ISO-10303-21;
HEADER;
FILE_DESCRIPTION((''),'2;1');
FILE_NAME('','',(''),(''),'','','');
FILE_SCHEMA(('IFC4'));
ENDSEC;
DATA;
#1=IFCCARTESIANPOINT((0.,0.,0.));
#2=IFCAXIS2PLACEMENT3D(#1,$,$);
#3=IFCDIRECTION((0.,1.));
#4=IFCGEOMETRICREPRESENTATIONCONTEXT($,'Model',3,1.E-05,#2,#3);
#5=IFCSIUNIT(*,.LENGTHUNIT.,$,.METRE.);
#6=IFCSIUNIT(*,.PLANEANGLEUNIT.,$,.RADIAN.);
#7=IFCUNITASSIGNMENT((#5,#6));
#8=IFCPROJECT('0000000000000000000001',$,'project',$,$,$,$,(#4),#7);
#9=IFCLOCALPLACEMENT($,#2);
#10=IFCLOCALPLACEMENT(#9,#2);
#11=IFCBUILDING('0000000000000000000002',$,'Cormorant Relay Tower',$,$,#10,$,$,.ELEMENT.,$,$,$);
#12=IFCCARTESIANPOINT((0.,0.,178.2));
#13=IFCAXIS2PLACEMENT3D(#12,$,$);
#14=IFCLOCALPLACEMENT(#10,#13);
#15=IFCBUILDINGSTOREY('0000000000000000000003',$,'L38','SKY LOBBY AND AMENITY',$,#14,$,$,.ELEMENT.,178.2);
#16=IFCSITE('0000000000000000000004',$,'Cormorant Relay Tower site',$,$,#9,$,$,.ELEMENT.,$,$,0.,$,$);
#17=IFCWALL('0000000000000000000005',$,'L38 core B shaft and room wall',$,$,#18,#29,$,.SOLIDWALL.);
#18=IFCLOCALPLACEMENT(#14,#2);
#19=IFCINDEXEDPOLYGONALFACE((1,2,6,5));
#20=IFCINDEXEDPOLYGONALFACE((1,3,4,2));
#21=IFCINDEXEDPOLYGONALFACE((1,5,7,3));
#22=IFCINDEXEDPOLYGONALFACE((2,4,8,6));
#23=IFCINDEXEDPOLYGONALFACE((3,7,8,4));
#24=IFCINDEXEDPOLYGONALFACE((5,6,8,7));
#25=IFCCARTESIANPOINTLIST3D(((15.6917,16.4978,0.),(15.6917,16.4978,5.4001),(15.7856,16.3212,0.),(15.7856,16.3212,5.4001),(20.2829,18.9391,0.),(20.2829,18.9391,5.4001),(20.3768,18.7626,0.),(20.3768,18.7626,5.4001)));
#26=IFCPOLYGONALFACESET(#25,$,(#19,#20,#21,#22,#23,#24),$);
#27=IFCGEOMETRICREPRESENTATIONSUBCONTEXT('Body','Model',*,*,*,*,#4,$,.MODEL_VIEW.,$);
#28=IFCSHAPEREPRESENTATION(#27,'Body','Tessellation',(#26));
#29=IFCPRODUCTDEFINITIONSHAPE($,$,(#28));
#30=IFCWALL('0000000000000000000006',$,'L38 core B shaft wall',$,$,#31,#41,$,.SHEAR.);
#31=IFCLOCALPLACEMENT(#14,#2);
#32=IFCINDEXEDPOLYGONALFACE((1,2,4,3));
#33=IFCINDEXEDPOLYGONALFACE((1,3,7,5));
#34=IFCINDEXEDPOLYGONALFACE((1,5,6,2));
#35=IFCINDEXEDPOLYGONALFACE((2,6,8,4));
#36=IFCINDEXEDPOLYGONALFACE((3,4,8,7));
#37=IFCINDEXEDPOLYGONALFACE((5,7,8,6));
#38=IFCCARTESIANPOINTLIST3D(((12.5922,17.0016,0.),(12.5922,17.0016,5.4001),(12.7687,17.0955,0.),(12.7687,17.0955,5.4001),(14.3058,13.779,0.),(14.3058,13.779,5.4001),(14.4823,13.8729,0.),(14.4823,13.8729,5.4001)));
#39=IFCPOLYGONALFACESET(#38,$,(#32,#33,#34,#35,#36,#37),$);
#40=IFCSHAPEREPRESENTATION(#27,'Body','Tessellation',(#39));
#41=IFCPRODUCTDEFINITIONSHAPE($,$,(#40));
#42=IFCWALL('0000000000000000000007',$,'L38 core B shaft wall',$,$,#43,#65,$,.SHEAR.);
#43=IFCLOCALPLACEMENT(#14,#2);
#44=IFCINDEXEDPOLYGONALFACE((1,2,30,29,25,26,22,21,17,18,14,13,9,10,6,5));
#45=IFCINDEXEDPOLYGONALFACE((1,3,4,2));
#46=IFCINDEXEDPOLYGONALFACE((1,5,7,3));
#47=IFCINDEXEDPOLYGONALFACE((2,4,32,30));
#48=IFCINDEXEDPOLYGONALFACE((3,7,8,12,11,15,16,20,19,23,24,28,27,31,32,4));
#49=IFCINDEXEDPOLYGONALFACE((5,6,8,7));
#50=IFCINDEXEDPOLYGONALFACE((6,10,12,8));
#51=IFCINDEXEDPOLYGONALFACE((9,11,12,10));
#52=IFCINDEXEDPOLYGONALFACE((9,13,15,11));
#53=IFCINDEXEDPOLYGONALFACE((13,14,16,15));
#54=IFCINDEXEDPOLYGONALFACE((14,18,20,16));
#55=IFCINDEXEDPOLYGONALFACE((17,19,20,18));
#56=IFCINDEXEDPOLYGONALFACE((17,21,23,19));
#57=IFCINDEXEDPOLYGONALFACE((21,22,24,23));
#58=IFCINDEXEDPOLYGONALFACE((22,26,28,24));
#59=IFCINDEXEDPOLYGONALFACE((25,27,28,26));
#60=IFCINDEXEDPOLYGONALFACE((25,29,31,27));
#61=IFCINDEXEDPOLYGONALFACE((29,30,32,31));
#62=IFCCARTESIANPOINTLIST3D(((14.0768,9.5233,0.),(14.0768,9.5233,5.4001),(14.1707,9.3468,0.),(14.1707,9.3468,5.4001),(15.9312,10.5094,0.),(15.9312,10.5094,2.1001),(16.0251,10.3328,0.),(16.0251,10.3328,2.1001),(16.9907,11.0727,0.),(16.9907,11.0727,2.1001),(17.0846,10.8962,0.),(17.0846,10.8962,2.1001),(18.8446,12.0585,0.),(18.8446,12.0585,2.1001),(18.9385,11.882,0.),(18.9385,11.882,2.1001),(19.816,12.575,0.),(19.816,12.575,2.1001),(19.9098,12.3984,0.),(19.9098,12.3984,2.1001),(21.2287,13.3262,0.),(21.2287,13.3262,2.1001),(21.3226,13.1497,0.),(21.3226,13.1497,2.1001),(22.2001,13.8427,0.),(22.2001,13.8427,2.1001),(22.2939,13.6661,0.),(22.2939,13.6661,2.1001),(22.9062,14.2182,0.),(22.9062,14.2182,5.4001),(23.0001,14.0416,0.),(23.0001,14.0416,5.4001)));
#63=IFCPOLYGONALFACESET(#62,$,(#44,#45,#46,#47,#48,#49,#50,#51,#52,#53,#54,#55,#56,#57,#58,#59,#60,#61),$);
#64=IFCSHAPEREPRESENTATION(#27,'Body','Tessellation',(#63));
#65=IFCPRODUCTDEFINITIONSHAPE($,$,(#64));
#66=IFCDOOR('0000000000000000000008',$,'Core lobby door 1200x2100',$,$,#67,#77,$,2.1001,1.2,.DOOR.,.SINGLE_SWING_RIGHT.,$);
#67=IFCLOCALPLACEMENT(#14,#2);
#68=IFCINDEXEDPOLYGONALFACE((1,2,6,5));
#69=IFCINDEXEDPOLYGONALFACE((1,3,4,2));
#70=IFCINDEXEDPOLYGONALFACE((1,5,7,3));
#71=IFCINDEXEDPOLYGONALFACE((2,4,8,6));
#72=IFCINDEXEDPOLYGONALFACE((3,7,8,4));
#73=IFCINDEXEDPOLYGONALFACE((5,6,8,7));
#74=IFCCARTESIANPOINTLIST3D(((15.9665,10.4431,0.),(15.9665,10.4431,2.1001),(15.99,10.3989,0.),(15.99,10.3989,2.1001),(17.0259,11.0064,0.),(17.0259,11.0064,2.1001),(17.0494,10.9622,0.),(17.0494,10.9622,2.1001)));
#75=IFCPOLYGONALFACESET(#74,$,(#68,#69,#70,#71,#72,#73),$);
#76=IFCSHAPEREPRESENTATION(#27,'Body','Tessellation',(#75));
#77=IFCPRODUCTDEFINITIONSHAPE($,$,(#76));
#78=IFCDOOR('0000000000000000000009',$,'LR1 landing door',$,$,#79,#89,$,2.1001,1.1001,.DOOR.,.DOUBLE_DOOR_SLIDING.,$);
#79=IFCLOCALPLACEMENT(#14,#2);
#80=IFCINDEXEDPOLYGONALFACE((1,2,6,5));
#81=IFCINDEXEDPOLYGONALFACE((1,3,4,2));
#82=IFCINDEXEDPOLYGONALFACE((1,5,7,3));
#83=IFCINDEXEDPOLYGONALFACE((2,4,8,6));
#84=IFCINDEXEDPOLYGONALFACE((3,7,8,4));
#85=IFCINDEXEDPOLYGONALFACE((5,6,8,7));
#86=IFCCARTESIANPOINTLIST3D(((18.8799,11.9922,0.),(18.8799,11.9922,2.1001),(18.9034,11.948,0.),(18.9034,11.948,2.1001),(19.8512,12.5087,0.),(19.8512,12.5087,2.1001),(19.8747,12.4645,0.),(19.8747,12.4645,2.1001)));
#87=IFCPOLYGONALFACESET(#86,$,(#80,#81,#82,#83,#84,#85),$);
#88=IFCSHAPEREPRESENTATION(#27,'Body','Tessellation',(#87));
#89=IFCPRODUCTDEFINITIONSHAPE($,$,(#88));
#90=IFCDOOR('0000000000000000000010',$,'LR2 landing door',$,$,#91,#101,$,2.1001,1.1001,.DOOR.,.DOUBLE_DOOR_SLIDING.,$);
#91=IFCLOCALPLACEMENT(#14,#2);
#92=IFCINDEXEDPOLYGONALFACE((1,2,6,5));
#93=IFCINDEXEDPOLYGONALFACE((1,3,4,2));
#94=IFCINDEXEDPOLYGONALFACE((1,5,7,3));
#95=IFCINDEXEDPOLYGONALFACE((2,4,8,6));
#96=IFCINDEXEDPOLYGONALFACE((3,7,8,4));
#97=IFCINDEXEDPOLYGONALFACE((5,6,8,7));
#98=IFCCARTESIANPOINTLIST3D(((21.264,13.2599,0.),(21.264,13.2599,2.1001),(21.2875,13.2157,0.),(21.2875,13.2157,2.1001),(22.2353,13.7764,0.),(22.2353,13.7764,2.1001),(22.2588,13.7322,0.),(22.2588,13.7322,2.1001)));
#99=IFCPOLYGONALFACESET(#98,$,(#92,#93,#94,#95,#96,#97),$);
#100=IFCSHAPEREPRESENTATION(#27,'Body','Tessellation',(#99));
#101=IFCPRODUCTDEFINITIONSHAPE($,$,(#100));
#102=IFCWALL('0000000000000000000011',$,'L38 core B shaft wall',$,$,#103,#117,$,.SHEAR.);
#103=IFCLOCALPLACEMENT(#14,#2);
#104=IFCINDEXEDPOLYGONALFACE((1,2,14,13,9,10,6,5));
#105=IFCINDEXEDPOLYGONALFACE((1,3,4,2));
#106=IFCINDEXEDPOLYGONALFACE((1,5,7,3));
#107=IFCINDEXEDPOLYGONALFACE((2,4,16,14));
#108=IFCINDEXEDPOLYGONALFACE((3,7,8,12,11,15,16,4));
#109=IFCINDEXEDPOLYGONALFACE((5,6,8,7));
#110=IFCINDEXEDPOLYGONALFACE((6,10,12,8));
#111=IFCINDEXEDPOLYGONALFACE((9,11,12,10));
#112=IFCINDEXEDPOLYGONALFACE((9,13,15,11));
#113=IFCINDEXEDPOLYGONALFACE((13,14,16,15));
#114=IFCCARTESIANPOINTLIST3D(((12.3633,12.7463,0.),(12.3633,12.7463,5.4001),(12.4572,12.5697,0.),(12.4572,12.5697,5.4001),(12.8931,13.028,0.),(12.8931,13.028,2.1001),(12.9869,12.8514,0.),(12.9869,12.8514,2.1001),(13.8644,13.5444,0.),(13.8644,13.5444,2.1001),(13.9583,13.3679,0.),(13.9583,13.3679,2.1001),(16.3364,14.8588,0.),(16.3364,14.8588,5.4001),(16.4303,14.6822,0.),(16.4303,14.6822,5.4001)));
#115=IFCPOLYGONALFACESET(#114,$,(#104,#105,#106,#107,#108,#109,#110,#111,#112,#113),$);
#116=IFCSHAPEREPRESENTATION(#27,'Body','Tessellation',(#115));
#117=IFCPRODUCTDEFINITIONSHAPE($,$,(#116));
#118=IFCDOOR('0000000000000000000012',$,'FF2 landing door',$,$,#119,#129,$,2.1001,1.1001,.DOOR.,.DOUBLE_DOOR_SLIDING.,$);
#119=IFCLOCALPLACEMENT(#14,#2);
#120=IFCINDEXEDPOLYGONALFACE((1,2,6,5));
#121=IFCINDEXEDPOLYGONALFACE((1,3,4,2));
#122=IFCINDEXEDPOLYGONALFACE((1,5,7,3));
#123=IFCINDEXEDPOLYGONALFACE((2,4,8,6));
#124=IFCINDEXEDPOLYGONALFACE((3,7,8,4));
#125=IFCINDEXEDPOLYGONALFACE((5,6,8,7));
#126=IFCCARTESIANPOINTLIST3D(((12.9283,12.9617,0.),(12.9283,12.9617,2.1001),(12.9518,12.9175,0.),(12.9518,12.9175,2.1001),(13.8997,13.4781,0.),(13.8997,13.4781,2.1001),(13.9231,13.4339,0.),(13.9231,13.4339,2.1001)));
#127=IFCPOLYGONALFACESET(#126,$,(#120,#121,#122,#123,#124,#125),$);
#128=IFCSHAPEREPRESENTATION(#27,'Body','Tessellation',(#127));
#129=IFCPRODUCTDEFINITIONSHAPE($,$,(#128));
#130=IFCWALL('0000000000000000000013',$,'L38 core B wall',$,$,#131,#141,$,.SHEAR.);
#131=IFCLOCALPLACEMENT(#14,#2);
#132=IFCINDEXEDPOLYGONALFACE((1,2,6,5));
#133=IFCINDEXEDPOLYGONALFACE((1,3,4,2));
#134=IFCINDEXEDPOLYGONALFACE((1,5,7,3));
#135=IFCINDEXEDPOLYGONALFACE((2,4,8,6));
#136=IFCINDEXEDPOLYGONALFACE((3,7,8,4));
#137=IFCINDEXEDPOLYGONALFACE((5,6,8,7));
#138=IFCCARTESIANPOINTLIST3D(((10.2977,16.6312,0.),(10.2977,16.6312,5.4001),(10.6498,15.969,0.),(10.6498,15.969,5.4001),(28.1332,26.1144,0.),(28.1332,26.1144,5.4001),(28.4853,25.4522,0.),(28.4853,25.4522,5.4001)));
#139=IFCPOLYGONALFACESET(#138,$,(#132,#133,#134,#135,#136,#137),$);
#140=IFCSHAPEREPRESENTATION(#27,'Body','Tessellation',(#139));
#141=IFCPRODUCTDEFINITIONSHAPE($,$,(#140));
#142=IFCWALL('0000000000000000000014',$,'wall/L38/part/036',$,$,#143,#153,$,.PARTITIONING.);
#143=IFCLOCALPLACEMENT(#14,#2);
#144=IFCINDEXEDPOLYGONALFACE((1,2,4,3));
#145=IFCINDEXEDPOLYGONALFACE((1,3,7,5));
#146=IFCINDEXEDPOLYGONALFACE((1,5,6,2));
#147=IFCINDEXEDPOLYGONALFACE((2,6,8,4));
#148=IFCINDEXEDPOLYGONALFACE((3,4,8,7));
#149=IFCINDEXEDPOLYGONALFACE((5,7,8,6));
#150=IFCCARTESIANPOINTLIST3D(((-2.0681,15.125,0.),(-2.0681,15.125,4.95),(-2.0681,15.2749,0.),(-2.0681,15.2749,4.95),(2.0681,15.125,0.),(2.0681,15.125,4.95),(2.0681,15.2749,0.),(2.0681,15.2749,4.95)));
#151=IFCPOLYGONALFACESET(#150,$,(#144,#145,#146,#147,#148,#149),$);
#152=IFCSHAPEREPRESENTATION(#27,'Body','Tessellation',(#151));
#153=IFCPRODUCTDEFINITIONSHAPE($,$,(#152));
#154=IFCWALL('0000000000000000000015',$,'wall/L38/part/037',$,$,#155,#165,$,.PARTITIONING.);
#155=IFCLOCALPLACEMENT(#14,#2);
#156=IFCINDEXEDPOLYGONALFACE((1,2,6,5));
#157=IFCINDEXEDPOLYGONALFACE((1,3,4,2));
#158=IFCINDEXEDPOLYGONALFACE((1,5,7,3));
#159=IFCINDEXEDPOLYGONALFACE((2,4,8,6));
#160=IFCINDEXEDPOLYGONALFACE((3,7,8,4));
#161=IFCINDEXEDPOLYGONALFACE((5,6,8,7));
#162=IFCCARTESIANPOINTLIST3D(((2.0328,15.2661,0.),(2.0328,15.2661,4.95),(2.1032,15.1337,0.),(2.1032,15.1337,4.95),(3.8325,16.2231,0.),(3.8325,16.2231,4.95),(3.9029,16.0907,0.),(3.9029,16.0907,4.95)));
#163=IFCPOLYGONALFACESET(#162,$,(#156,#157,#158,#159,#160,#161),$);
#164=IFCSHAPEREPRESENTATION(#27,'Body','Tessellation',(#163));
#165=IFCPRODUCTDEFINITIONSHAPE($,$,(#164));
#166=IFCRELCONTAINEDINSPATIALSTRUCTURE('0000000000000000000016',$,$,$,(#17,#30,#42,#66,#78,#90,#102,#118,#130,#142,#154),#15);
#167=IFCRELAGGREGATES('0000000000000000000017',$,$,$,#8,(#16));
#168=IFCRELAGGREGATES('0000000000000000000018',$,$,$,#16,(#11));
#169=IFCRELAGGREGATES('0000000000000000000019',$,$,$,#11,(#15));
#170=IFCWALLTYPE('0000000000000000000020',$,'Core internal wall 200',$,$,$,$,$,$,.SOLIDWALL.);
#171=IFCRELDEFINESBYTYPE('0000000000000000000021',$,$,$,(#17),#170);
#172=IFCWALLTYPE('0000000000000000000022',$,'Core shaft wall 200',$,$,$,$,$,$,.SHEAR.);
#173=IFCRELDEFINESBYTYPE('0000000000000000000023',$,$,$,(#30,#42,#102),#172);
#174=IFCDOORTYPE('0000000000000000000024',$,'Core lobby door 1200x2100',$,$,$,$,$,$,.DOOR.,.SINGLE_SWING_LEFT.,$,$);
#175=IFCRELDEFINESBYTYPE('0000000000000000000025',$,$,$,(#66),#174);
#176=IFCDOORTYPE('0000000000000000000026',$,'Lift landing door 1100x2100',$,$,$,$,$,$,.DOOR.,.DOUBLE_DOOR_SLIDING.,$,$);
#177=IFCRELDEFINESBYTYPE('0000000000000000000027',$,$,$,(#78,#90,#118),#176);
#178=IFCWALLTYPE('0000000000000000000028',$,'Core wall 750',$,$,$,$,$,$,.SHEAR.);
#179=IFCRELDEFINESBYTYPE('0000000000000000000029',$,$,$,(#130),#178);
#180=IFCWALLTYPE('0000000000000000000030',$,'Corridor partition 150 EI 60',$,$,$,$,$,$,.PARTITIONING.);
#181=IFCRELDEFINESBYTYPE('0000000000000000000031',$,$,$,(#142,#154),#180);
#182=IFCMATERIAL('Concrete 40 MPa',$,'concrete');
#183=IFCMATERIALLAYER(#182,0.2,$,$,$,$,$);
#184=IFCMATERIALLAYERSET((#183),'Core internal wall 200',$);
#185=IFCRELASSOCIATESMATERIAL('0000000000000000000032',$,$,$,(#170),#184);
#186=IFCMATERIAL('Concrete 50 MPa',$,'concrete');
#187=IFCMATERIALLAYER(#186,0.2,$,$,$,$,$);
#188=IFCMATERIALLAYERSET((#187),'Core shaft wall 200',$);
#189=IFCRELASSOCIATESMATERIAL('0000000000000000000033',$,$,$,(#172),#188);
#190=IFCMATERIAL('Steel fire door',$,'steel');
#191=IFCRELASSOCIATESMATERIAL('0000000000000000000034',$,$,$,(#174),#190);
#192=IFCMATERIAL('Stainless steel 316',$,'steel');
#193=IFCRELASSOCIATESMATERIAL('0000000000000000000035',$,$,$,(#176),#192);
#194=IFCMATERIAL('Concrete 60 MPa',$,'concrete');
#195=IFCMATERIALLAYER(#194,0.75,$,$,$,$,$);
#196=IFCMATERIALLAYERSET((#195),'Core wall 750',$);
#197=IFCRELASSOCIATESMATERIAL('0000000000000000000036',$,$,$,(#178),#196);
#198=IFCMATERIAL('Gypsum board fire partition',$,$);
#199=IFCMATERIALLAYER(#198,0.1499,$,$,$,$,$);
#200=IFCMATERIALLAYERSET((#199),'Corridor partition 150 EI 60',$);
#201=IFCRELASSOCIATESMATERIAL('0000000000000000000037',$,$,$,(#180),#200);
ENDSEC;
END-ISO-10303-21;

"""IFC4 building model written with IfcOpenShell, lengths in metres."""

from ifc_helpers import new_model, si_unit, direction, frame, frame_2d, origin, place, context, subcontext, project, spatial, rectangle, extrude, material, layer, layer_set, type_object, element, fill, save


model = new_model("IFC4")

# Units and contexts
model_context = context("Model", 3, precision=1e-05, world=origin(), true_north=direction((0.0, 1.0)))
body_context = subcontext(model_context, "Body", "Model", "MODEL_VIEW")
ifc_project = project(units=[si_unit("LENGTHUNIT", "METRE"), si_unit("PLANEANGLEUNIT", "RADIAN")], contexts=[model_context])

# Site, building, storey
site_placement = place(None, origin())
site = spatial("IfcSite", under=ifc_project, at=site_placement, Name="Cormorant Relay Tower site", CompositionType="ELEMENT", RefElevation=0.0)
building_placement = place(site_placement, origin())
building = spatial("IfcBuilding", under=site, at=building_placement, Name="Cormorant Relay Tower", CompositionType="ELEMENT")
storey_placement = place(building_placement, frame((0.0, 0.0, 178.2)))
storey = spatial("IfcBuildingStorey", under=building, at=storey_placement, Name="L38", Description="SKY LOBBY AND AMENITY", CompositionType="ELEMENT", Elevation=178.2)

# Walls
ifc_material_1 = material(Name="Concrete 40 MPa", Category="concrete")
ifc_layer_1 = layer(ifc_material_1, 0.2)
ifc_layer_set_1 = layer_set([ifc_layer_1], Name="Core internal wall 200")
wall_type_1 = type_object("IfcWallType", Name="Core internal wall 200", PredefinedType="SOLIDWALL", material=ifc_layer_set_1)
wall_1_placement = place(storey_placement, frame((15.7385, 16.4094, 0.0), z_axis=(0.0, 0.0, 1.0), x_axis=(0.882935, 0.469496, 0.0)))
element("IfcWall", 1, at=wall_1_placement, inside=storey, type_object=wall_type_1, Name="L38 core B shaft and room wall", PredefinedType="SOLIDWALL", context=body_context, shape_type="SweptSolid", body=[
    extrude(rectangle(XDim=5.2, YDim=0.2, at=frame_2d((2.6001, 0.0))), origin(), (0.0, 0.0, 1.0), 5.4001),
])
ifc_material_2 = material(Name="Concrete 50 MPa", Category="concrete")
ifc_layer_2 = layer(ifc_material_2, 0.2)
ifc_layer_set_2 = layer_set([ifc_layer_2], Name="Core shaft wall 200")
wall_type_2 = type_object("IfcWallType", Name="Core shaft wall 200", PredefinedType="SHEAR", material=ifc_layer_set_2)
wall_2_placement = place(storey_placement, frame((14.394, 13.8259, 0.0), z_axis=(0.0, 0.0, 1.0), x_axis=(-0.469494, 0.882936, 0.0)))
element("IfcWall", 2, at=wall_2_placement, inside=storey, type_object=wall_type_2, Name="L38 core B shaft wall", PredefinedType="SHEAR", context=body_context, shape_type="SweptSolid", body=[
    extrude(rectangle(XDim=3.6499, YDim=0.2, at=frame_2d((1.825, 0.0))), origin(), (0.0, 0.0, 1.0), 5.4001),
])

# Wall, openings, doors
wall_3_placement = place(storey_placement, frame((14.1238, 9.4351, 0.0), z_axis=(0.0, 0.0, 1.0), x_axis=(0.88294, 0.469485, 0.0)))
wall_3 = element("IfcWall", 3, at=wall_3_placement, inside=storey, type_object=wall_type_2, Name="L38 core B shaft wall", PredefinedType="SHEAR", context=body_context, shape_type="SweptSolid", body=[
    extrude(rectangle(XDim=10.0, YDim=0.2, at=frame_2d((5.0, 0.0))), origin(), (0.0, 0.0, 1.0), 5.4001),
])
opening_1_placement = place(wall_3_placement, frame((2.1001, 0.0, 0.0)))
opening_1 = element("IfcOpeningElement", 4, at=opening_1_placement, cuts=wall_3, PredefinedType="OPENING", context=body_context, shape_type="SweptSolid", body=[
    extrude(rectangle(XDim=1.2, YDim=2.1001, at=frame_2d((0.6001, 1.05))), frame((0.0, 0.1099, 0.0), z_axis=(0.0, -1.0, 0.0), x_axis=(1.0, 0.0, 0.0)), (0.0, 0.0, 1.0), 0.22),
])
opening_2_placement = place(wall_3_placement, frame((5.3999, 0.0, 0.0)))
opening_2 = element("IfcOpeningElement", 5, at=opening_2_placement, cuts=wall_3, PredefinedType="OPENING", context=body_context, shape_type="SweptSolid", body=[
    extrude(rectangle(XDim=1.1001, YDim=2.1001, at=frame_2d((0.55, 1.05))), frame((0.0, 0.1099, 0.0), z_axis=(0.0, -1.0, 0.0), x_axis=(1.0, 0.0, 0.0)), (0.0, 0.0, 1.0), 0.22),
])
opening_3_placement = place(wall_3_placement, frame((8.1001, 0.0, 0.0)))
opening_3 = element("IfcOpeningElement", 6, at=opening_3_placement, cuts=wall_3, PredefinedType="OPENING", context=body_context, shape_type="SweptSolid", body=[
    extrude(rectangle(XDim=1.1001, YDim=2.1001, at=frame_2d((0.55, 1.05))), frame((0.0, 0.1099, 0.0), z_axis=(0.0, -1.0, 0.0), x_axis=(1.0, 0.0, 0.0)), (0.0, 0.0, 1.0), 0.22),
])
ifc_material_3 = material(Name="Steel fire door", Category="steel")
door_type_1 = type_object("IfcDoorType", Name="Core lobby door 1200x2100", OperationType="SINGLE_SWING_LEFT", PredefinedType="DOOR", material=ifc_material_3)
door_1_placement = place(opening_1_placement, origin())
door_1 = element("IfcDoor", 7, at=door_1_placement, inside=storey, type_object=door_type_1, Name="Core lobby door 1200x2100", OperationType="SINGLE_SWING_RIGHT", OverallHeight=2.1001, OverallWidth=1.2, PredefinedType="DOOR", context=body_context, shape_type="SweptSolid", body=[
    extrude(rectangle(XDim=1.2, YDim=2.1001, at=frame_2d((0.6001, 1.05))), frame((0.0, 0.0249, 0.0), z_axis=(0.0, -1.0, 0.0), x_axis=(1.0, 0.0, 0.0)), (0.0, 0.0, 1.0), 0.05),
])
fill(opening_1, door_1)
ifc_material_4 = material(Name="Stainless steel 316", Category="steel")
door_type_2 = type_object("IfcDoorType", Name="Lift landing door 1100x2100", OperationType="DOUBLE_DOOR_SLIDING", PredefinedType="DOOR", material=ifc_material_4)
door_2_placement = place(opening_2_placement, origin())
door_2 = element("IfcDoor", 8, at=door_2_placement, inside=storey, type_object=door_type_2, Name="LR1 landing door", OperationType="DOUBLE_DOOR_SLIDING", OverallHeight=2.1001, OverallWidth=1.1001, PredefinedType="DOOR", context=body_context, shape_type="SweptSolid", body=[
    extrude(rectangle(XDim=1.1001, YDim=2.1001, at=frame_2d((0.55, 1.05))), frame((0.0, 0.0249, 0.0), z_axis=(0.0, -1.0, 0.0), x_axis=(1.0, 0.0, 0.0)), (0.0, 0.0, 1.0), 0.05),
])
fill(opening_2, door_2)
door_3_placement = place(opening_3_placement, origin())
door_3 = element("IfcDoor", 9, at=door_3_placement, inside=storey, type_object=door_type_2, Name="LR2 landing door", OperationType="DOUBLE_DOOR_SLIDING", OverallHeight=2.1001, OverallWidth=1.1001, PredefinedType="DOOR", context=body_context, shape_type="SweptSolid", body=[
    extrude(rectangle(XDim=1.1001, YDim=2.1001, at=frame_2d((0.55, 1.05))), frame((0.0, 0.0249, 0.0), z_axis=(0.0, -1.0, 0.0), x_axis=(1.0, 0.0, 0.0)), (0.0, 0.0, 1.0), 0.05),
])
fill(opening_3, door_3)

# Wall, opening, door
wall_4_placement = place(storey_placement, frame((12.4102, 12.658, 0.0), z_axis=(0.0, 0.0, 1.0), x_axis=(0.882948, 0.46947, 0.0)))
wall_4 = element("IfcWall", 10, at=wall_4_placement, inside=storey, type_object=wall_type_2, Name="L38 core B shaft wall", PredefinedType="SHEAR", context=body_context, shape_type="SweptSolid", body=[
    extrude(rectangle(XDim=4.4998, YDim=0.2, at=frame_2d((2.25, 0.0))), origin(), (0.0, 0.0, 1.0), 5.4001),
])
opening_4_placement = place(wall_4_placement, frame((0.6001, 0.0, 0.0)))
opening_4 = element("IfcOpeningElement", 11, at=opening_4_placement, cuts=wall_4, PredefinedType="OPENING", context=body_context, shape_type="SweptSolid", body=[
    extrude(rectangle(XDim=1.1001, YDim=2.1001, at=frame_2d((0.55, 1.05))), frame((0.0, 0.1099, 0.0), z_axis=(0.0, -1.0, 0.0), x_axis=(1.0, 0.0, 0.0)), (0.0, 0.0, 1.0), 0.22),
])
door_4_placement = place(opening_4_placement, origin())
door_4 = element("IfcDoor", 12, at=door_4_placement, inside=storey, type_object=door_type_2, Name="FF2 landing door", OperationType="DOUBLE_DOOR_SLIDING", OverallHeight=2.1001, OverallWidth=1.1001, PredefinedType="DOOR", context=body_context, shape_type="SweptSolid", body=[
    extrude(rectangle(XDim=1.1001, YDim=2.1001, at=frame_2d((0.55, 1.05))), frame((0.0, 0.0249, 0.0), z_axis=(0.0, -1.0, 0.0), x_axis=(1.0, 0.0, 0.0)), (0.0, 0.0, 1.0), 0.05),
])
fill(opening_4, door_4)

# Walls
ifc_material_5 = material(Name="Concrete 60 MPa", Category="concrete")
ifc_layer_3 = layer(ifc_material_5, 0.75)
ifc_layer_set_3 = layer_set([ifc_layer_3], Name="Core wall 750")
wall_type_3 = type_object("IfcWallType", Name="Core wall 750", PredefinedType="SHEAR", material=ifc_layer_set_3)
wall_5_placement = place(storey_placement, frame((10.4736, 16.3, 0.0), z_axis=(0.0, 0.0, 1.0), x_axis=(0.88295, 0.469467, 0.0)))
element("IfcWall", 13, at=wall_5_placement, inside=storey, type_object=wall_type_3, Name="L38 core B wall", PredefinedType="SHEAR", context=body_context, shape_type="SweptSolid", body=[
    extrude(rectangle(XDim=20.2, YDim=0.75, at=frame_2d((10.1001, 0.0))), origin(), (0.0, 0.0, 1.0), 5.4001),
])
ifc_material_6 = material(Name="Gypsum board fire partition")
ifc_layer_4 = layer(ifc_material_6, 0.1499)
ifc_layer_set_4 = layer_set([ifc_layer_4], Name="Corridor partition 150 EI 60")
wall_type_4 = type_object("IfcWallType", Name="Corridor partition 150 EI 60", PredefinedType="PARTITIONING", material=ifc_layer_set_4)
wall_6_placement = place(storey_placement, frame((-2.0681, 15.2, 0.0), z_axis=(0.0, 0.0, 1.0), x_axis=(1.0, 0.0, 0.0)))
element("IfcWall", 14, at=wall_6_placement, inside=storey, type_object=wall_type_4, Name="wall/L38/part/036", PredefinedType="PARTITIONING", context=body_context, shape_type="SweptSolid", body=[
    extrude(rectangle(XDim=4.1362, YDim=0.1499, at=frame_2d((2.0681, 0.0))), origin(), (0.0, 0.0, 1.0), 4.95),
])
wall_7_placement = place(storey_placement, frame((2.0681, 15.2, 0.0), z_axis=(0.0, 0.0, 1.0), x_axis=(0.882936, 0.469494, 0.0)))
element("IfcWall", 15, at=wall_7_placement, inside=storey, type_object=wall_type_4, Name="wall/L38/part/037", PredefinedType="PARTITIONING", context=body_context, shape_type="SweptSolid", body=[
    extrude(rectangle(XDim=2.0383, YDim=0.1499, at=frame_2d((1.019, 0.0))), origin(), (0.0, 0.0, 1.0), 4.95),
])

save(model, "model.ifc")
